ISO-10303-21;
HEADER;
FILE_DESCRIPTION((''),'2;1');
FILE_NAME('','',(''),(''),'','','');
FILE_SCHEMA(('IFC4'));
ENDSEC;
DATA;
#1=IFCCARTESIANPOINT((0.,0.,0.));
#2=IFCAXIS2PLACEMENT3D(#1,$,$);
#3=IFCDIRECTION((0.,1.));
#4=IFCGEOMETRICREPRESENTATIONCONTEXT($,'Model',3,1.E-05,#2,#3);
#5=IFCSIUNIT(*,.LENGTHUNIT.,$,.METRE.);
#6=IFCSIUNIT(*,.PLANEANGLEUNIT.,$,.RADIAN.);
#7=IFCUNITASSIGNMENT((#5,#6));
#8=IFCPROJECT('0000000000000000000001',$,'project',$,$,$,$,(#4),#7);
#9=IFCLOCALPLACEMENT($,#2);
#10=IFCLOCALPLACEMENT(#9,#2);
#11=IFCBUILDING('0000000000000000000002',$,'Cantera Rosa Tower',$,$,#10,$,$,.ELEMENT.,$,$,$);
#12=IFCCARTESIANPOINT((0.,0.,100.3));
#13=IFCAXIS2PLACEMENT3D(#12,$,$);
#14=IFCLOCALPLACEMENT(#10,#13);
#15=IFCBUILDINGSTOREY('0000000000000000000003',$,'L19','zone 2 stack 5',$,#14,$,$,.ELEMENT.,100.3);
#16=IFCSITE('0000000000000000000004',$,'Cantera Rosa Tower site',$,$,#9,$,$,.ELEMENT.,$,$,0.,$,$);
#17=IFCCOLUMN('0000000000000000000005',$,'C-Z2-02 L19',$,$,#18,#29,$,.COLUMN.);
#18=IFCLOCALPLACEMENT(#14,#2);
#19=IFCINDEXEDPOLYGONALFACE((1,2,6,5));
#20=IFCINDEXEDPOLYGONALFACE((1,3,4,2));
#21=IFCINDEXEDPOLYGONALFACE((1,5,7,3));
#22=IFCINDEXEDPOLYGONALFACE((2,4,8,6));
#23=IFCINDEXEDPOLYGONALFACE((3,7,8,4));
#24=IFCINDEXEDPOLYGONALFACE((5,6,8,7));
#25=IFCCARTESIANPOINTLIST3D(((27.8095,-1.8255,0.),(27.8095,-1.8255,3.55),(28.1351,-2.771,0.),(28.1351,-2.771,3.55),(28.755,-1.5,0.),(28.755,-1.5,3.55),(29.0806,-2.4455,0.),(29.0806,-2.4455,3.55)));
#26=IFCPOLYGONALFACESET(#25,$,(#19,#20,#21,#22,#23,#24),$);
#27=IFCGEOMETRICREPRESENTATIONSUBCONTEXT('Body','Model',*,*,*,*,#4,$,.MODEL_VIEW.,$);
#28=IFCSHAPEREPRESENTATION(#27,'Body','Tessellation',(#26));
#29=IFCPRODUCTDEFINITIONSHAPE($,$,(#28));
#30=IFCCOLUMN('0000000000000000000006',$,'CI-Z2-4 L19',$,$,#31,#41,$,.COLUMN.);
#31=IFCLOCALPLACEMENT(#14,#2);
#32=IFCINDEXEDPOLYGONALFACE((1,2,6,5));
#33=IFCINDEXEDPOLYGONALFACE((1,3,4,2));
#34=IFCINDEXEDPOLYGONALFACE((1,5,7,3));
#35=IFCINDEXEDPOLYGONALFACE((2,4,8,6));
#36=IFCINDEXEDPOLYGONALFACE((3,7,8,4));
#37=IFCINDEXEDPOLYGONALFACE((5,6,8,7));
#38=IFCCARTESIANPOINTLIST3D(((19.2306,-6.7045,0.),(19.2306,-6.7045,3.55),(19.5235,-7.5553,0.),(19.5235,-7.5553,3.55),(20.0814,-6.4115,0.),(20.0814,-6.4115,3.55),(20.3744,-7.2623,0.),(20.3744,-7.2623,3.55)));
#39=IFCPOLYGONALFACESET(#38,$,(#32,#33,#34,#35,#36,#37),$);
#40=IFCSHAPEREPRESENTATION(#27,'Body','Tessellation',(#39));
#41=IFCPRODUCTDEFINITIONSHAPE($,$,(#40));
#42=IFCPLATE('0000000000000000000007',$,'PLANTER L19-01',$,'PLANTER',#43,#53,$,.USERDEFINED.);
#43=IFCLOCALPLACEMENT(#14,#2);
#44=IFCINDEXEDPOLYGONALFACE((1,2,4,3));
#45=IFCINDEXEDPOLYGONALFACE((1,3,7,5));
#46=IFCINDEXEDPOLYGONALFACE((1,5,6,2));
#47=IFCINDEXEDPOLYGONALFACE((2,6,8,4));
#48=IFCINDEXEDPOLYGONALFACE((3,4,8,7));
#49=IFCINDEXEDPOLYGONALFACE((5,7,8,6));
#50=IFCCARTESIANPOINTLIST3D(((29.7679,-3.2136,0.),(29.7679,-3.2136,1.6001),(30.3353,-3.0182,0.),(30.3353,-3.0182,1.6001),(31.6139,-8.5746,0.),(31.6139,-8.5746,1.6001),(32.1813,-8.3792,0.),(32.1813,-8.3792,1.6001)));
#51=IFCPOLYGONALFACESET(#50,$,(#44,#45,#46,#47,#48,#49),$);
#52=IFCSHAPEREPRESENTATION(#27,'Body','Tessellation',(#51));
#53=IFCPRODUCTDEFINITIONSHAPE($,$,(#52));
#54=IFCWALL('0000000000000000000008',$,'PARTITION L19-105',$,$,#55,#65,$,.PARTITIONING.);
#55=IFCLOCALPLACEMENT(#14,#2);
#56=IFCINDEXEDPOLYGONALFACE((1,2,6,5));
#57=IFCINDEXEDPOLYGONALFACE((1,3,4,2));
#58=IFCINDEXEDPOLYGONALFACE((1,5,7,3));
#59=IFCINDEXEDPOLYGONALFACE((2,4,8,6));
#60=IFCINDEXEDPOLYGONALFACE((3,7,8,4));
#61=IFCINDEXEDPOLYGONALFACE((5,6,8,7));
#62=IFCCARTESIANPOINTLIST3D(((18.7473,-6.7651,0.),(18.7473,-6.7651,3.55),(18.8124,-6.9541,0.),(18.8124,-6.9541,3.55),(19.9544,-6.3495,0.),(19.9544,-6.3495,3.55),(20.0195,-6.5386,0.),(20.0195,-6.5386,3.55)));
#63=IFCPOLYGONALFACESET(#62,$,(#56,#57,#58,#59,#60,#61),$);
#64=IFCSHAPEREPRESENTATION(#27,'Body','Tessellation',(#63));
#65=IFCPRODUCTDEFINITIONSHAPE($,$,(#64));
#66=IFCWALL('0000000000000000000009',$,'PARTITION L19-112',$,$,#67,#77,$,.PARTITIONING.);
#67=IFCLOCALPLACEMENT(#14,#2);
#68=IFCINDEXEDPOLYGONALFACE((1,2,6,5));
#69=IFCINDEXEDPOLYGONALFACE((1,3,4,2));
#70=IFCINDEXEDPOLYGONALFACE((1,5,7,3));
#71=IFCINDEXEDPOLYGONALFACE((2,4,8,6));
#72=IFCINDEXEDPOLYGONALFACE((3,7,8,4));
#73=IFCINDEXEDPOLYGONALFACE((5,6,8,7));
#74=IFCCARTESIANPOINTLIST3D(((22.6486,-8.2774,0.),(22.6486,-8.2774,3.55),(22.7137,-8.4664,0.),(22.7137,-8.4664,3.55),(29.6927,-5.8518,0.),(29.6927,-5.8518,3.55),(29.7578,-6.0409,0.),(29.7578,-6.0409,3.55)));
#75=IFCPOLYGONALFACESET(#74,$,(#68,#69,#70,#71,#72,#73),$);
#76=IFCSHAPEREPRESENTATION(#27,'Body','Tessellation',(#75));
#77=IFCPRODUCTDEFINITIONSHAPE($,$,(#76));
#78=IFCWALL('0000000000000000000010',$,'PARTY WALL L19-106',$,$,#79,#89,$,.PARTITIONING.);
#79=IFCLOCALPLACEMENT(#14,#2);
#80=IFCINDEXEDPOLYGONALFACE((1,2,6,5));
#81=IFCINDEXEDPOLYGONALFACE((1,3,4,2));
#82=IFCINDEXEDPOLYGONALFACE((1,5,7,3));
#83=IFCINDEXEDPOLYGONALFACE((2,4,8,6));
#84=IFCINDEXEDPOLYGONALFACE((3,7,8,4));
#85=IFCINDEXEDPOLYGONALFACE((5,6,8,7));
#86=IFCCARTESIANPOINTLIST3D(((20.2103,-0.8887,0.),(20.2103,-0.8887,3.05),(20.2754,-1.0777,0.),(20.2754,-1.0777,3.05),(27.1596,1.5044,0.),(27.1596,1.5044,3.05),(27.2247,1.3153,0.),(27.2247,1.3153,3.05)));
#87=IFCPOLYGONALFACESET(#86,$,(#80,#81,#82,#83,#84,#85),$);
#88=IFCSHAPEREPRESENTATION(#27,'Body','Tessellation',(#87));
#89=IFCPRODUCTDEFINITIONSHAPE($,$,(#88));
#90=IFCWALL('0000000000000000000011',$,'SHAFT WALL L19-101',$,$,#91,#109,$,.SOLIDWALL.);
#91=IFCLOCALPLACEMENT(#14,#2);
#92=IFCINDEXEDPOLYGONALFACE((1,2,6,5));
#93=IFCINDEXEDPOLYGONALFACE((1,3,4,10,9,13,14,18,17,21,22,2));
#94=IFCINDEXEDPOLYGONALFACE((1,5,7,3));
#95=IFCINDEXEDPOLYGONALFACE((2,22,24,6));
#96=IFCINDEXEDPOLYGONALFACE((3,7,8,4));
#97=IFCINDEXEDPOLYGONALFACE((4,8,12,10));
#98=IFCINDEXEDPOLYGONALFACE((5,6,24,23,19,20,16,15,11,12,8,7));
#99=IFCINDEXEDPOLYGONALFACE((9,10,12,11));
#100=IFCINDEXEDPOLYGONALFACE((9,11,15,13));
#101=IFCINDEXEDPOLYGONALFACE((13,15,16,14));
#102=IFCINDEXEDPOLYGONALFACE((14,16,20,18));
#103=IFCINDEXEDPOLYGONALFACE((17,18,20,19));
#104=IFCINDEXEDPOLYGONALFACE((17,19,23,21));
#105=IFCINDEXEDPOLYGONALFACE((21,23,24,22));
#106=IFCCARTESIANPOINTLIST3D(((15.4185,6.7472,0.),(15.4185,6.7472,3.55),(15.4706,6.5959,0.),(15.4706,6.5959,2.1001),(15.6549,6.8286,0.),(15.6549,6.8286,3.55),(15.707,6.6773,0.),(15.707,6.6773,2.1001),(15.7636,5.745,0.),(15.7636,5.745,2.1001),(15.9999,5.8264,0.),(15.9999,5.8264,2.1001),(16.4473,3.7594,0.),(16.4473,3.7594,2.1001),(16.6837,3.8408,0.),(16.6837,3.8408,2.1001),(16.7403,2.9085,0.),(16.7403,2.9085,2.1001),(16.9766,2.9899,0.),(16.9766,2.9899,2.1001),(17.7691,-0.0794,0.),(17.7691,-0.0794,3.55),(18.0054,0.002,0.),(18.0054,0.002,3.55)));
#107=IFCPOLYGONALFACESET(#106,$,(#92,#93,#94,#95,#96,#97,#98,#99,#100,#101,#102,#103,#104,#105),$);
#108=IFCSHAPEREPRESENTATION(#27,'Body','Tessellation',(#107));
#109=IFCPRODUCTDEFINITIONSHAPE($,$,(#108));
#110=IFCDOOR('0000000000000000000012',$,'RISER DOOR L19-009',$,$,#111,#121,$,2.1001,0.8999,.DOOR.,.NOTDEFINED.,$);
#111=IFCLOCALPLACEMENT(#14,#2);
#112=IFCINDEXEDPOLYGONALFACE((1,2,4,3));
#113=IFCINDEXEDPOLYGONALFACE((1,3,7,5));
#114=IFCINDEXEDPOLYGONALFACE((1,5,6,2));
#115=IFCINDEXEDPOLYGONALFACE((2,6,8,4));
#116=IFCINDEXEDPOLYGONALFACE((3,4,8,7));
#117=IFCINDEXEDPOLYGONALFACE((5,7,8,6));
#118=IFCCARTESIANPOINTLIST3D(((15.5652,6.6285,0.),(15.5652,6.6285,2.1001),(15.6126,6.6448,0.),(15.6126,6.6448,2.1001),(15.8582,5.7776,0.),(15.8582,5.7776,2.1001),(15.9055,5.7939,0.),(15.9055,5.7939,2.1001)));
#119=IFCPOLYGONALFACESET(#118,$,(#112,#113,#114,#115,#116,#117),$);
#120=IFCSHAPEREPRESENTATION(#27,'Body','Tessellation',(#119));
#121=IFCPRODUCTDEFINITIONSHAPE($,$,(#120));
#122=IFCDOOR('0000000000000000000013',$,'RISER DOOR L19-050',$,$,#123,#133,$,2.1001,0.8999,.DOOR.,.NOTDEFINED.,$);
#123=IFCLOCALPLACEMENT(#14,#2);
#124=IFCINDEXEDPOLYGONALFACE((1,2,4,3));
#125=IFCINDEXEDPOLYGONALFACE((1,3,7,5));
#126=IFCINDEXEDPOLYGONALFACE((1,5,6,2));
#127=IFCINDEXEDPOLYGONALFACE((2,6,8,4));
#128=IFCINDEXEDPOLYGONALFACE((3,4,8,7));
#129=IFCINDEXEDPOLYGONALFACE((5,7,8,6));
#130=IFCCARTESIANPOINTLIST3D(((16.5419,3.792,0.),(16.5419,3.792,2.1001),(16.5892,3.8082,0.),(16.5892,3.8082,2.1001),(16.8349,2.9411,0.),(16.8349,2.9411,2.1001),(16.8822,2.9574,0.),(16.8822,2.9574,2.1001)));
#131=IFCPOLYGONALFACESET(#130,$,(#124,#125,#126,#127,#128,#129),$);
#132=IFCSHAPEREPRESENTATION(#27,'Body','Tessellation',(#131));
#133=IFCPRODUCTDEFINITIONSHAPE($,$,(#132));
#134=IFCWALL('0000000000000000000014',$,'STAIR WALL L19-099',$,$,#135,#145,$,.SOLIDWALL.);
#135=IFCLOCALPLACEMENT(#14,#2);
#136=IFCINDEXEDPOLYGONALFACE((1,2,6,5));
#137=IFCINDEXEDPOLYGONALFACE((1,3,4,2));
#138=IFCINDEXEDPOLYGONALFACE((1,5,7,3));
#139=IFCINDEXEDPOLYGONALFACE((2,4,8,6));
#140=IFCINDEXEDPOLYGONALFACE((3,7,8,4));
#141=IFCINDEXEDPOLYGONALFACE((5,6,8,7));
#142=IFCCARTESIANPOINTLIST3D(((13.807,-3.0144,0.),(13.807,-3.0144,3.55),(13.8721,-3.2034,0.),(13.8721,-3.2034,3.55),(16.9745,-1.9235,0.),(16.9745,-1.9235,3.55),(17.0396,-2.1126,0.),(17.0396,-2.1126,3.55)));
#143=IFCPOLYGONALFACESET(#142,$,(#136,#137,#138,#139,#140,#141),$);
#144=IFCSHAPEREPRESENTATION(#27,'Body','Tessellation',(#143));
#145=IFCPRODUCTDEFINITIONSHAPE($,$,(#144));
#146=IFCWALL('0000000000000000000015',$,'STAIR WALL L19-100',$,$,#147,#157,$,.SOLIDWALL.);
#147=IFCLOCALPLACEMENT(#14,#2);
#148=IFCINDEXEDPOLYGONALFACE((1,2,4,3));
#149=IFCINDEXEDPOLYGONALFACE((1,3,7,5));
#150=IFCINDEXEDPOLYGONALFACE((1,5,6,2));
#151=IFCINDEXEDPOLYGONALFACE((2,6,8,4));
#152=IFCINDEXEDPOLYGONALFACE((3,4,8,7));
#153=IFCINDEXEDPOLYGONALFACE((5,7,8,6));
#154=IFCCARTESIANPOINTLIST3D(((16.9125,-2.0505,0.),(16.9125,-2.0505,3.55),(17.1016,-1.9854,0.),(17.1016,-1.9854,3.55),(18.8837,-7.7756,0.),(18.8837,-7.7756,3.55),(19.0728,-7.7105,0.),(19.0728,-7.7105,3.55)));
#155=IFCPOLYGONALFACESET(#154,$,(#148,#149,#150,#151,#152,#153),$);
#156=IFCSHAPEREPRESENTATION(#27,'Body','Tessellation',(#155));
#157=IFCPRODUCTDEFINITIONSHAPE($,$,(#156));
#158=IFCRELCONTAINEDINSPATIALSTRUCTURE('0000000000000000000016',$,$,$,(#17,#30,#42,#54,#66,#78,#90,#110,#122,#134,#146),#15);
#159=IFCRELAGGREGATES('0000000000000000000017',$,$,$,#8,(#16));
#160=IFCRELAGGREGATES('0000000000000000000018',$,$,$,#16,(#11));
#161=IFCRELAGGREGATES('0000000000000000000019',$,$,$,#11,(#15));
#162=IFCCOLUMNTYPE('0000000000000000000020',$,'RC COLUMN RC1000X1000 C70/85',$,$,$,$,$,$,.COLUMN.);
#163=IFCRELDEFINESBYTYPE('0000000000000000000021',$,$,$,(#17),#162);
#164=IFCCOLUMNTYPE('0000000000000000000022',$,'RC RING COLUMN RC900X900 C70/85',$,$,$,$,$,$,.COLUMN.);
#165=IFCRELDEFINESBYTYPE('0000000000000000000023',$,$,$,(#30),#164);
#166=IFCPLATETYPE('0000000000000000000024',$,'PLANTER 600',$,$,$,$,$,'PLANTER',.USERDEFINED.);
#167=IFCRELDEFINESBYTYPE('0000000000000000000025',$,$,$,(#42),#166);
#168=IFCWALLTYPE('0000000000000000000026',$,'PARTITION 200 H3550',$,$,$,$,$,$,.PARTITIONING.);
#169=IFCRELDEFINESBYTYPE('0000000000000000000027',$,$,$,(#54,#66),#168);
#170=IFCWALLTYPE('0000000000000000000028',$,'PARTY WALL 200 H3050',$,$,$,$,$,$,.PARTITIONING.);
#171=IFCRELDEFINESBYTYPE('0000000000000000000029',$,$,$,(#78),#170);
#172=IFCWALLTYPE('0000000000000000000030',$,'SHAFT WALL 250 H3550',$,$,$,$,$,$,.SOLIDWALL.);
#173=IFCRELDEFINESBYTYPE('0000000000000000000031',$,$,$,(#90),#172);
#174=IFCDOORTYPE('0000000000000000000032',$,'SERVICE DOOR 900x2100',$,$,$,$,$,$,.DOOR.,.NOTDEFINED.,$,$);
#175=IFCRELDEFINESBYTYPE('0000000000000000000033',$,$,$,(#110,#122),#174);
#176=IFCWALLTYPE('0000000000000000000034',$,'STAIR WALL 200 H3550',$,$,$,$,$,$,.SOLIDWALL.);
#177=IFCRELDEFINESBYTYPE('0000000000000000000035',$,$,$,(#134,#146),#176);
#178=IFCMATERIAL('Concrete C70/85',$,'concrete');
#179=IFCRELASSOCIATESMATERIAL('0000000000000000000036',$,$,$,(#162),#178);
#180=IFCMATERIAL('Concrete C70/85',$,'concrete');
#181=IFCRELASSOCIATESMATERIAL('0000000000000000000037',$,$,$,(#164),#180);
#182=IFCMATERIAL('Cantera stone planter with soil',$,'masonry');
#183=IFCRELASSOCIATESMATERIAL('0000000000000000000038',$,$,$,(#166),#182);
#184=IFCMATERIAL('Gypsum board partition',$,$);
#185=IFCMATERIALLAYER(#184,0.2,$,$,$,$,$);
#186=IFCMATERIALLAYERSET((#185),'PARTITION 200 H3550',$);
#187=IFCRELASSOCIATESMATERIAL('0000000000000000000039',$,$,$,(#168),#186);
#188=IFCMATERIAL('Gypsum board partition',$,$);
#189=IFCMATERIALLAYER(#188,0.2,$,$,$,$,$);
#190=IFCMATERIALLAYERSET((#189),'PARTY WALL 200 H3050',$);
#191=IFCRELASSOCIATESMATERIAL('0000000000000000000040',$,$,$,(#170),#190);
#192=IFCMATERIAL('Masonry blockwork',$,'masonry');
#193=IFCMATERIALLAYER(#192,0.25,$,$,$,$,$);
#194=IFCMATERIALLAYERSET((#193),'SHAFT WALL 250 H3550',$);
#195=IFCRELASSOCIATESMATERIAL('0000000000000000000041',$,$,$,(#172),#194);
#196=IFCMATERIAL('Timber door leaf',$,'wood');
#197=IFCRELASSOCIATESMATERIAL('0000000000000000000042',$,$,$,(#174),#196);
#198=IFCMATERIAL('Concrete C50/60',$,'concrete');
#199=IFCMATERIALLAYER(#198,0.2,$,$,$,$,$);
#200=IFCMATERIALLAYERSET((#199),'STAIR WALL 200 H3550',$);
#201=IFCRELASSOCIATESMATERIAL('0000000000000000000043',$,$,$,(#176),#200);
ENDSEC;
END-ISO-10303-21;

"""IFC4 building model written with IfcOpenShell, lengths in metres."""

from ifc_helpers import new_model, si_unit, direction, frame, frame_2d, origin, origin_2d, place, context, subcontext, project, spatial, rectangle, extrude, material, layer, layer_set, material_profile, profile_set, type_object, element, fill, save


model = new_model("IFC4")

# Units and contexts
model_context = context("Model", 3, precision=1e-05, world=origin(), true_north=direction((0.0, 1.0)))
body_context = subcontext(model_context, "Body", "Model", "MODEL_VIEW")
ifc_project = project(units=[si_unit("LENGTHUNIT", "METRE"), si_unit("PLANEANGLEUNIT", "RADIAN")], contexts=[model_context])

# Site, building, storey
site_placement = place(None, origin())
site = spatial("IfcSite", under=ifc_project, at=site_placement, Name="Cantera Rosa Tower site", CompositionType="ELEMENT", RefElevation=0.0)
building_placement = place(site_placement, origin())
building = spatial("IfcBuilding", under=site, at=building_placement, Name="Cantera Rosa Tower", CompositionType="ELEMENT")
storey_placement = place(building_placement, frame((0.0, 0.0, 100.3)))
storey = spatial("IfcBuildingStorey", under=building, at=storey_placement, Name="L19", Description="zone 2 stack 5", CompositionType="ELEMENT", Elevation=100.3)

# Columns
ifc_material_1 = material(Name="Concrete C70/85", Category="concrete")
ifc_material_profile_1 = material_profile(ifc_material_1, rectangle(XDim=1.0, YDim=1.0, at=origin_2d()), Name="RC COLUMN RC1000X1000 C70/85")
ifc_profile_set_1 = profile_set([ifc_material_profile_1], Name="Concrete C70/85")
column_type_1 = type_object("IfcColumnType", Name="RC COLUMN RC1000X1000 C70/85", PredefinedType="COLUMN", material=ifc_profile_set_1)
column_1_placement = place(storey_placement, frame((28.4451, -2.1355, 0.0), z_axis=(0.0, 0.0, 1.0), x_axis=(0.945519, 0.325568, 0.0)))
element("IfcColumn", 1, at=column_1_placement, inside=storey, type_object=column_type_1, Name="C-Z2-02 L19", PredefinedType="COLUMN", context=body_context, shape_type="SweptSolid", body=[
    extrude(rectangle(XDim=1.0, YDim=1.0, at=origin_2d()), origin(), (0.0, 0.0, 1.0), 3.55),
])
ifc_material_2 = material(Name="Concrete C70/85", Category="concrete")
ifc_material_profile_2 = material_profile(ifc_material_2, rectangle(XDim=0.8999, YDim=0.8999, at=origin_2d()), Name="RC RING COLUMN RC900X900 C70/85")
ifc_profile_set_2 = profile_set([ifc_material_profile_2], Name="Concrete C70/85")
column_type_2 = type_object("IfcColumnType", Name="RC RING COLUMN RC900X900 C70/85", PredefinedType="COLUMN", material=ifc_profile_set_2)
column_2_placement = place(storey_placement, frame((19.8025, -6.9834, 0.0), z_axis=(0.0, 0.0, 1.0), x_axis=(0.945519, 0.325568, 0.0)))
element("IfcColumn", 2, at=column_2_placement, inside=storey, type_object=column_type_2, Name="CI-Z2-4 L19", PredefinedType="COLUMN", context=body_context, shape_type="SweptSolid", body=[
    extrude(rectangle(XDim=0.8999, YDim=0.8999, at=origin_2d()), origin(), (0.0, 0.0, 1.0), 3.55),
])

# Plate
ifc_material_3 = material(Name="Cantera stone planter with soil", Category="masonry")
plate_type = type_object("IfcPlateType", Name="PLANTER 600", ElementType="PLANTER", PredefinedType="USERDEFINED", material=ifc_material_3)
plate_placement = place(storey_placement, frame((30.9746, -5.7964, 0.0), z_axis=(0.0, 0.0, 1.0), x_axis=(-0.325568, 0.945519, 0.0)))
element("IfcPlate", 3, at=plate_placement, inside=storey, type_object=plate_type, Name="PLANTER L19-01", ObjectType="PLANTER", PredefinedType="USERDEFINED", context=body_context, shape_type="SweptSolid", body=[
    extrude(rectangle(XDim=5.6699, YDim=0.6001, at=origin_2d()), origin(), (0.0, 0.0, 1.0), 1.6001),
])

# Walls
ifc_material_4 = material(Name="Gypsum board partition")
ifc_layer_1 = layer(ifc_material_4, 0.2)
ifc_layer_set_1 = layer_set([ifc_layer_1], Name="PARTITION 200 H3550")
wall_type_1 = type_object("IfcWallType", Name="PARTITION 200 H3550", PredefinedType="PARTITIONING", material=ifc_layer_set_1)
wall_1_placement = place(storey_placement, frame((19.9868, -6.4441, 0.0), z_axis=(0.0, 0.0, 1.0), x_axis=(-0.94554, -0.325507, 0.0)))
element("IfcWall", 4, at=wall_1_placement, inside=storey, type_object=wall_type_1, Name="PARTITION L19-105", PredefinedType="PARTITIONING", context=body_context, shape_type="SweptSolid", body=[
    extrude(rectangle(XDim=1.2766, YDim=0.2, at=frame_2d((0.6382, 0.0))), origin(), (0.0, 0.0, 1.0), 3.55),
])
wall_2_placement = place(storey_placement, frame((29.7253, -5.9463, 0.0), z_axis=(0.0, 0.0, 1.0), x_axis=(-0.945514, -0.325582, 0.0)))
element("IfcWall", 5, at=wall_2_placement, inside=storey, type_object=wall_type_1, Name="PARTITION L19-112", PredefinedType="PARTITIONING", context=body_context, shape_type="SweptSolid", body=[
    extrude(rectangle(XDim=7.45, YDim=0.2, at=frame_2d((3.7251, 0.0))), origin(), (0.0, 0.0, 1.0), 3.55),
])
ifc_material_5 = material(Name="Gypsum board partition")
ifc_layer_2 = layer(ifc_material_5, 0.2)
ifc_layer_set_2 = layer_set([ifc_layer_2], Name="PARTY WALL 200 H3050")
wall_type_2 = type_object("IfcWallType", Name="PARTY WALL 200 H3050", PredefinedType="PARTITIONING", material=ifc_layer_set_2)
wall_3_placement = place(storey_placement, frame((20.2429, -0.9832, 0.0), z_axis=(0.0, 0.0, 1.0), x_axis=(0.945511, 0.325589, 0.0)))
element("IfcWall", 6, at=wall_3_placement, inside=storey, type_object=wall_type_2, Name="PARTY WALL L19-106", PredefinedType="PARTITIONING", context=body_context, shape_type="SweptSolid", body=[
    extrude(rectangle(XDim=7.3499, YDim=0.2, at=frame_2d((3.6748, 0.0))), origin(), (0.0, 0.0, 1.0), 3.05),
])

# Wall, openings, doors
ifc_material_6 = material(Name="Masonry blockwork", Category="masonry")
ifc_layer_3 = layer(ifc_material_6, 0.25)
ifc_layer_set_3 = layer_set([ifc_layer_3], Name="SHAFT WALL 250 H3550")
wall_type_3 = type_object("IfcWallType", Name="SHAFT WALL 250 H3550", PredefinedType="SOLIDWALL", material=ifc_layer_set_3)
wall_4_placement = place(storey_placement, frame((17.8872, -0.0386, 0.0), z_axis=(0.0, 0.0, 1.0), x_axis=(-0.325565, 0.945519, 0.0)))
wall_4 = element("IfcWall", 7, at=wall_4_placement, inside=storey, type_object=wall_type_3, Name="SHAFT WALL L19-101", PredefinedType="SOLIDWALL", context=body_context, shape_type="SweptSolid", body=[
    extrude(rectangle(XDim=7.22, YDim=0.25, at=frame_2d((3.6099, 0.0))), origin(), (0.0, 0.0, 1.0), 3.55),
])
opening_1_placement = place(wall_4_placement, frame((6.1599, 0.0, 0.0)))
opening_1 = element("IfcOpeningElement", 8, at=opening_1_placement, cuts=wall_4, PredefinedType="OPENING", context=body_context, shape_type="SweptSolid", body=[
    extrude(rectangle(XDim=0.8999, YDim=2.1001, at=frame_2d((0.45, 1.05))), frame((0.0, 0.135, 0.0), z_axis=(0.0, -1.0, 0.0), x_axis=(1.0, 0.0, 0.0)), (0.0, 0.0, 1.0), 0.27),
])
opening_2_placement = place(wall_4_placement, frame((3.1599, 0.0, 0.0)))
opening_2 = element("IfcOpeningElement", 9, at=opening_2_placement, cuts=wall_4, PredefinedType="OPENING", context=body_context, shape_type="SweptSolid", body=[
    extrude(rectangle(XDim=0.8999, YDim=2.1001, at=frame_2d((0.45, 1.05))), frame((0.0, 0.135, 0.0), z_axis=(0.0, -1.0, 0.0), x_axis=(1.0, 0.0, 0.0)), (0.0, 0.0, 1.0), 0.27),
])
ifc_material_7 = material(Name="Timber door leaf", Category="wood")
door_type_1 = type_object("IfcDoorType", Name="SERVICE DOOR 900x2100", OperationType="NOTDEFINED", PredefinedType="DOOR", material=ifc_material_7)
door_1_placement = place(opening_1_placement, origin())
door_1 = element("IfcDoor", 10, at=door_1_placement, inside=storey, type_object=door_type_1, Name="RISER DOOR L19-009", OperationType="NOTDEFINED", OverallHeight=2.1001, OverallWidth=0.8999, PredefinedType="DOOR", context=body_context, shape_type="SweptSolid", body=[
    extrude(rectangle(XDim=0.8999, YDim=2.1001, at=frame_2d((0.45, 1.05))), frame((0.0, 0.0249, 0.0), z_axis=(0.0, -1.0, 0.0), x_axis=(1.0, 0.0, 0.0)), (0.0, 0.0, 1.0), 0.05),
])
fill(opening_1, door_1)
door_2_placement = place(opening_2_placement, origin())
door_2 = element("IfcDoor", 11, at=door_2_placement, inside=storey, type_object=door_type_1, Name="RISER DOOR L19-050", OperationType="NOTDEFINED", OverallHeight=2.1001, OverallWidth=0.8999, PredefinedType="DOOR", context=body_context, shape_type="SweptSolid", body=[
    extrude(rectangle(XDim=0.8999, YDim=2.1001, at=frame_2d((0.45, 1.05))), frame((0.0, 0.0249, 0.0), z_axis=(0.0, -1.0, 0.0), x_axis=(1.0, 0.0, 0.0)), (0.0, 0.0, 1.0), 0.05),
])
fill(opening_2, door_2)

# Walls
ifc_material_8 = material(Name="Concrete C50/60", Category="concrete")
ifc_layer_4 = layer(ifc_material_8, 0.2)
ifc_layer_set_4 = layer_set([ifc_layer_4], Name="STAIR WALL 200 H3550")
wall_type_4 = type_object("IfcWallType", Name="STAIR WALL 200 H3550", PredefinedType="SOLIDWALL", material=ifc_layer_set_4)
wall_5_placement = place(storey_placement, frame((17.0071, -2.0181, 0.0), z_axis=(0.0, 0.0, 1.0), x_axis=(-0.945503, -0.325613, 0.0)))
element("IfcWall", 12, at=wall_5_placement, inside=storey, type_object=wall_type_4, Name="STAIR WALL L19-099", PredefinedType="SOLIDWALL", context=body_context, shape_type="SweptSolid", body=[
    extrude(rectangle(XDim=3.3501, YDim=0.2, at=frame_2d((1.675, 0.0))), origin(), (0.0, 0.0, 1.0), 3.55),
])
wall_6_placement = place(storey_placement, frame((17.0071, -2.0181, 0.0), z_axis=(0.0, 0.0, 1.0), x_axis=(0.325551, -0.945525, 0.0)))
element("IfcWall", 13, at=wall_6_placement, inside=storey, type_object=wall_type_4, Name="STAIR WALL L19-100", PredefinedType="SOLIDWALL", context=body_context, shape_type="SweptSolid", body=[
    extrude(rectangle(XDim=6.0549, YDim=0.2, at=frame_2d((3.0273, 0.0))), origin(), (0.0, 0.0, 1.0), 3.55),
])

save(model, "model.ifc")
